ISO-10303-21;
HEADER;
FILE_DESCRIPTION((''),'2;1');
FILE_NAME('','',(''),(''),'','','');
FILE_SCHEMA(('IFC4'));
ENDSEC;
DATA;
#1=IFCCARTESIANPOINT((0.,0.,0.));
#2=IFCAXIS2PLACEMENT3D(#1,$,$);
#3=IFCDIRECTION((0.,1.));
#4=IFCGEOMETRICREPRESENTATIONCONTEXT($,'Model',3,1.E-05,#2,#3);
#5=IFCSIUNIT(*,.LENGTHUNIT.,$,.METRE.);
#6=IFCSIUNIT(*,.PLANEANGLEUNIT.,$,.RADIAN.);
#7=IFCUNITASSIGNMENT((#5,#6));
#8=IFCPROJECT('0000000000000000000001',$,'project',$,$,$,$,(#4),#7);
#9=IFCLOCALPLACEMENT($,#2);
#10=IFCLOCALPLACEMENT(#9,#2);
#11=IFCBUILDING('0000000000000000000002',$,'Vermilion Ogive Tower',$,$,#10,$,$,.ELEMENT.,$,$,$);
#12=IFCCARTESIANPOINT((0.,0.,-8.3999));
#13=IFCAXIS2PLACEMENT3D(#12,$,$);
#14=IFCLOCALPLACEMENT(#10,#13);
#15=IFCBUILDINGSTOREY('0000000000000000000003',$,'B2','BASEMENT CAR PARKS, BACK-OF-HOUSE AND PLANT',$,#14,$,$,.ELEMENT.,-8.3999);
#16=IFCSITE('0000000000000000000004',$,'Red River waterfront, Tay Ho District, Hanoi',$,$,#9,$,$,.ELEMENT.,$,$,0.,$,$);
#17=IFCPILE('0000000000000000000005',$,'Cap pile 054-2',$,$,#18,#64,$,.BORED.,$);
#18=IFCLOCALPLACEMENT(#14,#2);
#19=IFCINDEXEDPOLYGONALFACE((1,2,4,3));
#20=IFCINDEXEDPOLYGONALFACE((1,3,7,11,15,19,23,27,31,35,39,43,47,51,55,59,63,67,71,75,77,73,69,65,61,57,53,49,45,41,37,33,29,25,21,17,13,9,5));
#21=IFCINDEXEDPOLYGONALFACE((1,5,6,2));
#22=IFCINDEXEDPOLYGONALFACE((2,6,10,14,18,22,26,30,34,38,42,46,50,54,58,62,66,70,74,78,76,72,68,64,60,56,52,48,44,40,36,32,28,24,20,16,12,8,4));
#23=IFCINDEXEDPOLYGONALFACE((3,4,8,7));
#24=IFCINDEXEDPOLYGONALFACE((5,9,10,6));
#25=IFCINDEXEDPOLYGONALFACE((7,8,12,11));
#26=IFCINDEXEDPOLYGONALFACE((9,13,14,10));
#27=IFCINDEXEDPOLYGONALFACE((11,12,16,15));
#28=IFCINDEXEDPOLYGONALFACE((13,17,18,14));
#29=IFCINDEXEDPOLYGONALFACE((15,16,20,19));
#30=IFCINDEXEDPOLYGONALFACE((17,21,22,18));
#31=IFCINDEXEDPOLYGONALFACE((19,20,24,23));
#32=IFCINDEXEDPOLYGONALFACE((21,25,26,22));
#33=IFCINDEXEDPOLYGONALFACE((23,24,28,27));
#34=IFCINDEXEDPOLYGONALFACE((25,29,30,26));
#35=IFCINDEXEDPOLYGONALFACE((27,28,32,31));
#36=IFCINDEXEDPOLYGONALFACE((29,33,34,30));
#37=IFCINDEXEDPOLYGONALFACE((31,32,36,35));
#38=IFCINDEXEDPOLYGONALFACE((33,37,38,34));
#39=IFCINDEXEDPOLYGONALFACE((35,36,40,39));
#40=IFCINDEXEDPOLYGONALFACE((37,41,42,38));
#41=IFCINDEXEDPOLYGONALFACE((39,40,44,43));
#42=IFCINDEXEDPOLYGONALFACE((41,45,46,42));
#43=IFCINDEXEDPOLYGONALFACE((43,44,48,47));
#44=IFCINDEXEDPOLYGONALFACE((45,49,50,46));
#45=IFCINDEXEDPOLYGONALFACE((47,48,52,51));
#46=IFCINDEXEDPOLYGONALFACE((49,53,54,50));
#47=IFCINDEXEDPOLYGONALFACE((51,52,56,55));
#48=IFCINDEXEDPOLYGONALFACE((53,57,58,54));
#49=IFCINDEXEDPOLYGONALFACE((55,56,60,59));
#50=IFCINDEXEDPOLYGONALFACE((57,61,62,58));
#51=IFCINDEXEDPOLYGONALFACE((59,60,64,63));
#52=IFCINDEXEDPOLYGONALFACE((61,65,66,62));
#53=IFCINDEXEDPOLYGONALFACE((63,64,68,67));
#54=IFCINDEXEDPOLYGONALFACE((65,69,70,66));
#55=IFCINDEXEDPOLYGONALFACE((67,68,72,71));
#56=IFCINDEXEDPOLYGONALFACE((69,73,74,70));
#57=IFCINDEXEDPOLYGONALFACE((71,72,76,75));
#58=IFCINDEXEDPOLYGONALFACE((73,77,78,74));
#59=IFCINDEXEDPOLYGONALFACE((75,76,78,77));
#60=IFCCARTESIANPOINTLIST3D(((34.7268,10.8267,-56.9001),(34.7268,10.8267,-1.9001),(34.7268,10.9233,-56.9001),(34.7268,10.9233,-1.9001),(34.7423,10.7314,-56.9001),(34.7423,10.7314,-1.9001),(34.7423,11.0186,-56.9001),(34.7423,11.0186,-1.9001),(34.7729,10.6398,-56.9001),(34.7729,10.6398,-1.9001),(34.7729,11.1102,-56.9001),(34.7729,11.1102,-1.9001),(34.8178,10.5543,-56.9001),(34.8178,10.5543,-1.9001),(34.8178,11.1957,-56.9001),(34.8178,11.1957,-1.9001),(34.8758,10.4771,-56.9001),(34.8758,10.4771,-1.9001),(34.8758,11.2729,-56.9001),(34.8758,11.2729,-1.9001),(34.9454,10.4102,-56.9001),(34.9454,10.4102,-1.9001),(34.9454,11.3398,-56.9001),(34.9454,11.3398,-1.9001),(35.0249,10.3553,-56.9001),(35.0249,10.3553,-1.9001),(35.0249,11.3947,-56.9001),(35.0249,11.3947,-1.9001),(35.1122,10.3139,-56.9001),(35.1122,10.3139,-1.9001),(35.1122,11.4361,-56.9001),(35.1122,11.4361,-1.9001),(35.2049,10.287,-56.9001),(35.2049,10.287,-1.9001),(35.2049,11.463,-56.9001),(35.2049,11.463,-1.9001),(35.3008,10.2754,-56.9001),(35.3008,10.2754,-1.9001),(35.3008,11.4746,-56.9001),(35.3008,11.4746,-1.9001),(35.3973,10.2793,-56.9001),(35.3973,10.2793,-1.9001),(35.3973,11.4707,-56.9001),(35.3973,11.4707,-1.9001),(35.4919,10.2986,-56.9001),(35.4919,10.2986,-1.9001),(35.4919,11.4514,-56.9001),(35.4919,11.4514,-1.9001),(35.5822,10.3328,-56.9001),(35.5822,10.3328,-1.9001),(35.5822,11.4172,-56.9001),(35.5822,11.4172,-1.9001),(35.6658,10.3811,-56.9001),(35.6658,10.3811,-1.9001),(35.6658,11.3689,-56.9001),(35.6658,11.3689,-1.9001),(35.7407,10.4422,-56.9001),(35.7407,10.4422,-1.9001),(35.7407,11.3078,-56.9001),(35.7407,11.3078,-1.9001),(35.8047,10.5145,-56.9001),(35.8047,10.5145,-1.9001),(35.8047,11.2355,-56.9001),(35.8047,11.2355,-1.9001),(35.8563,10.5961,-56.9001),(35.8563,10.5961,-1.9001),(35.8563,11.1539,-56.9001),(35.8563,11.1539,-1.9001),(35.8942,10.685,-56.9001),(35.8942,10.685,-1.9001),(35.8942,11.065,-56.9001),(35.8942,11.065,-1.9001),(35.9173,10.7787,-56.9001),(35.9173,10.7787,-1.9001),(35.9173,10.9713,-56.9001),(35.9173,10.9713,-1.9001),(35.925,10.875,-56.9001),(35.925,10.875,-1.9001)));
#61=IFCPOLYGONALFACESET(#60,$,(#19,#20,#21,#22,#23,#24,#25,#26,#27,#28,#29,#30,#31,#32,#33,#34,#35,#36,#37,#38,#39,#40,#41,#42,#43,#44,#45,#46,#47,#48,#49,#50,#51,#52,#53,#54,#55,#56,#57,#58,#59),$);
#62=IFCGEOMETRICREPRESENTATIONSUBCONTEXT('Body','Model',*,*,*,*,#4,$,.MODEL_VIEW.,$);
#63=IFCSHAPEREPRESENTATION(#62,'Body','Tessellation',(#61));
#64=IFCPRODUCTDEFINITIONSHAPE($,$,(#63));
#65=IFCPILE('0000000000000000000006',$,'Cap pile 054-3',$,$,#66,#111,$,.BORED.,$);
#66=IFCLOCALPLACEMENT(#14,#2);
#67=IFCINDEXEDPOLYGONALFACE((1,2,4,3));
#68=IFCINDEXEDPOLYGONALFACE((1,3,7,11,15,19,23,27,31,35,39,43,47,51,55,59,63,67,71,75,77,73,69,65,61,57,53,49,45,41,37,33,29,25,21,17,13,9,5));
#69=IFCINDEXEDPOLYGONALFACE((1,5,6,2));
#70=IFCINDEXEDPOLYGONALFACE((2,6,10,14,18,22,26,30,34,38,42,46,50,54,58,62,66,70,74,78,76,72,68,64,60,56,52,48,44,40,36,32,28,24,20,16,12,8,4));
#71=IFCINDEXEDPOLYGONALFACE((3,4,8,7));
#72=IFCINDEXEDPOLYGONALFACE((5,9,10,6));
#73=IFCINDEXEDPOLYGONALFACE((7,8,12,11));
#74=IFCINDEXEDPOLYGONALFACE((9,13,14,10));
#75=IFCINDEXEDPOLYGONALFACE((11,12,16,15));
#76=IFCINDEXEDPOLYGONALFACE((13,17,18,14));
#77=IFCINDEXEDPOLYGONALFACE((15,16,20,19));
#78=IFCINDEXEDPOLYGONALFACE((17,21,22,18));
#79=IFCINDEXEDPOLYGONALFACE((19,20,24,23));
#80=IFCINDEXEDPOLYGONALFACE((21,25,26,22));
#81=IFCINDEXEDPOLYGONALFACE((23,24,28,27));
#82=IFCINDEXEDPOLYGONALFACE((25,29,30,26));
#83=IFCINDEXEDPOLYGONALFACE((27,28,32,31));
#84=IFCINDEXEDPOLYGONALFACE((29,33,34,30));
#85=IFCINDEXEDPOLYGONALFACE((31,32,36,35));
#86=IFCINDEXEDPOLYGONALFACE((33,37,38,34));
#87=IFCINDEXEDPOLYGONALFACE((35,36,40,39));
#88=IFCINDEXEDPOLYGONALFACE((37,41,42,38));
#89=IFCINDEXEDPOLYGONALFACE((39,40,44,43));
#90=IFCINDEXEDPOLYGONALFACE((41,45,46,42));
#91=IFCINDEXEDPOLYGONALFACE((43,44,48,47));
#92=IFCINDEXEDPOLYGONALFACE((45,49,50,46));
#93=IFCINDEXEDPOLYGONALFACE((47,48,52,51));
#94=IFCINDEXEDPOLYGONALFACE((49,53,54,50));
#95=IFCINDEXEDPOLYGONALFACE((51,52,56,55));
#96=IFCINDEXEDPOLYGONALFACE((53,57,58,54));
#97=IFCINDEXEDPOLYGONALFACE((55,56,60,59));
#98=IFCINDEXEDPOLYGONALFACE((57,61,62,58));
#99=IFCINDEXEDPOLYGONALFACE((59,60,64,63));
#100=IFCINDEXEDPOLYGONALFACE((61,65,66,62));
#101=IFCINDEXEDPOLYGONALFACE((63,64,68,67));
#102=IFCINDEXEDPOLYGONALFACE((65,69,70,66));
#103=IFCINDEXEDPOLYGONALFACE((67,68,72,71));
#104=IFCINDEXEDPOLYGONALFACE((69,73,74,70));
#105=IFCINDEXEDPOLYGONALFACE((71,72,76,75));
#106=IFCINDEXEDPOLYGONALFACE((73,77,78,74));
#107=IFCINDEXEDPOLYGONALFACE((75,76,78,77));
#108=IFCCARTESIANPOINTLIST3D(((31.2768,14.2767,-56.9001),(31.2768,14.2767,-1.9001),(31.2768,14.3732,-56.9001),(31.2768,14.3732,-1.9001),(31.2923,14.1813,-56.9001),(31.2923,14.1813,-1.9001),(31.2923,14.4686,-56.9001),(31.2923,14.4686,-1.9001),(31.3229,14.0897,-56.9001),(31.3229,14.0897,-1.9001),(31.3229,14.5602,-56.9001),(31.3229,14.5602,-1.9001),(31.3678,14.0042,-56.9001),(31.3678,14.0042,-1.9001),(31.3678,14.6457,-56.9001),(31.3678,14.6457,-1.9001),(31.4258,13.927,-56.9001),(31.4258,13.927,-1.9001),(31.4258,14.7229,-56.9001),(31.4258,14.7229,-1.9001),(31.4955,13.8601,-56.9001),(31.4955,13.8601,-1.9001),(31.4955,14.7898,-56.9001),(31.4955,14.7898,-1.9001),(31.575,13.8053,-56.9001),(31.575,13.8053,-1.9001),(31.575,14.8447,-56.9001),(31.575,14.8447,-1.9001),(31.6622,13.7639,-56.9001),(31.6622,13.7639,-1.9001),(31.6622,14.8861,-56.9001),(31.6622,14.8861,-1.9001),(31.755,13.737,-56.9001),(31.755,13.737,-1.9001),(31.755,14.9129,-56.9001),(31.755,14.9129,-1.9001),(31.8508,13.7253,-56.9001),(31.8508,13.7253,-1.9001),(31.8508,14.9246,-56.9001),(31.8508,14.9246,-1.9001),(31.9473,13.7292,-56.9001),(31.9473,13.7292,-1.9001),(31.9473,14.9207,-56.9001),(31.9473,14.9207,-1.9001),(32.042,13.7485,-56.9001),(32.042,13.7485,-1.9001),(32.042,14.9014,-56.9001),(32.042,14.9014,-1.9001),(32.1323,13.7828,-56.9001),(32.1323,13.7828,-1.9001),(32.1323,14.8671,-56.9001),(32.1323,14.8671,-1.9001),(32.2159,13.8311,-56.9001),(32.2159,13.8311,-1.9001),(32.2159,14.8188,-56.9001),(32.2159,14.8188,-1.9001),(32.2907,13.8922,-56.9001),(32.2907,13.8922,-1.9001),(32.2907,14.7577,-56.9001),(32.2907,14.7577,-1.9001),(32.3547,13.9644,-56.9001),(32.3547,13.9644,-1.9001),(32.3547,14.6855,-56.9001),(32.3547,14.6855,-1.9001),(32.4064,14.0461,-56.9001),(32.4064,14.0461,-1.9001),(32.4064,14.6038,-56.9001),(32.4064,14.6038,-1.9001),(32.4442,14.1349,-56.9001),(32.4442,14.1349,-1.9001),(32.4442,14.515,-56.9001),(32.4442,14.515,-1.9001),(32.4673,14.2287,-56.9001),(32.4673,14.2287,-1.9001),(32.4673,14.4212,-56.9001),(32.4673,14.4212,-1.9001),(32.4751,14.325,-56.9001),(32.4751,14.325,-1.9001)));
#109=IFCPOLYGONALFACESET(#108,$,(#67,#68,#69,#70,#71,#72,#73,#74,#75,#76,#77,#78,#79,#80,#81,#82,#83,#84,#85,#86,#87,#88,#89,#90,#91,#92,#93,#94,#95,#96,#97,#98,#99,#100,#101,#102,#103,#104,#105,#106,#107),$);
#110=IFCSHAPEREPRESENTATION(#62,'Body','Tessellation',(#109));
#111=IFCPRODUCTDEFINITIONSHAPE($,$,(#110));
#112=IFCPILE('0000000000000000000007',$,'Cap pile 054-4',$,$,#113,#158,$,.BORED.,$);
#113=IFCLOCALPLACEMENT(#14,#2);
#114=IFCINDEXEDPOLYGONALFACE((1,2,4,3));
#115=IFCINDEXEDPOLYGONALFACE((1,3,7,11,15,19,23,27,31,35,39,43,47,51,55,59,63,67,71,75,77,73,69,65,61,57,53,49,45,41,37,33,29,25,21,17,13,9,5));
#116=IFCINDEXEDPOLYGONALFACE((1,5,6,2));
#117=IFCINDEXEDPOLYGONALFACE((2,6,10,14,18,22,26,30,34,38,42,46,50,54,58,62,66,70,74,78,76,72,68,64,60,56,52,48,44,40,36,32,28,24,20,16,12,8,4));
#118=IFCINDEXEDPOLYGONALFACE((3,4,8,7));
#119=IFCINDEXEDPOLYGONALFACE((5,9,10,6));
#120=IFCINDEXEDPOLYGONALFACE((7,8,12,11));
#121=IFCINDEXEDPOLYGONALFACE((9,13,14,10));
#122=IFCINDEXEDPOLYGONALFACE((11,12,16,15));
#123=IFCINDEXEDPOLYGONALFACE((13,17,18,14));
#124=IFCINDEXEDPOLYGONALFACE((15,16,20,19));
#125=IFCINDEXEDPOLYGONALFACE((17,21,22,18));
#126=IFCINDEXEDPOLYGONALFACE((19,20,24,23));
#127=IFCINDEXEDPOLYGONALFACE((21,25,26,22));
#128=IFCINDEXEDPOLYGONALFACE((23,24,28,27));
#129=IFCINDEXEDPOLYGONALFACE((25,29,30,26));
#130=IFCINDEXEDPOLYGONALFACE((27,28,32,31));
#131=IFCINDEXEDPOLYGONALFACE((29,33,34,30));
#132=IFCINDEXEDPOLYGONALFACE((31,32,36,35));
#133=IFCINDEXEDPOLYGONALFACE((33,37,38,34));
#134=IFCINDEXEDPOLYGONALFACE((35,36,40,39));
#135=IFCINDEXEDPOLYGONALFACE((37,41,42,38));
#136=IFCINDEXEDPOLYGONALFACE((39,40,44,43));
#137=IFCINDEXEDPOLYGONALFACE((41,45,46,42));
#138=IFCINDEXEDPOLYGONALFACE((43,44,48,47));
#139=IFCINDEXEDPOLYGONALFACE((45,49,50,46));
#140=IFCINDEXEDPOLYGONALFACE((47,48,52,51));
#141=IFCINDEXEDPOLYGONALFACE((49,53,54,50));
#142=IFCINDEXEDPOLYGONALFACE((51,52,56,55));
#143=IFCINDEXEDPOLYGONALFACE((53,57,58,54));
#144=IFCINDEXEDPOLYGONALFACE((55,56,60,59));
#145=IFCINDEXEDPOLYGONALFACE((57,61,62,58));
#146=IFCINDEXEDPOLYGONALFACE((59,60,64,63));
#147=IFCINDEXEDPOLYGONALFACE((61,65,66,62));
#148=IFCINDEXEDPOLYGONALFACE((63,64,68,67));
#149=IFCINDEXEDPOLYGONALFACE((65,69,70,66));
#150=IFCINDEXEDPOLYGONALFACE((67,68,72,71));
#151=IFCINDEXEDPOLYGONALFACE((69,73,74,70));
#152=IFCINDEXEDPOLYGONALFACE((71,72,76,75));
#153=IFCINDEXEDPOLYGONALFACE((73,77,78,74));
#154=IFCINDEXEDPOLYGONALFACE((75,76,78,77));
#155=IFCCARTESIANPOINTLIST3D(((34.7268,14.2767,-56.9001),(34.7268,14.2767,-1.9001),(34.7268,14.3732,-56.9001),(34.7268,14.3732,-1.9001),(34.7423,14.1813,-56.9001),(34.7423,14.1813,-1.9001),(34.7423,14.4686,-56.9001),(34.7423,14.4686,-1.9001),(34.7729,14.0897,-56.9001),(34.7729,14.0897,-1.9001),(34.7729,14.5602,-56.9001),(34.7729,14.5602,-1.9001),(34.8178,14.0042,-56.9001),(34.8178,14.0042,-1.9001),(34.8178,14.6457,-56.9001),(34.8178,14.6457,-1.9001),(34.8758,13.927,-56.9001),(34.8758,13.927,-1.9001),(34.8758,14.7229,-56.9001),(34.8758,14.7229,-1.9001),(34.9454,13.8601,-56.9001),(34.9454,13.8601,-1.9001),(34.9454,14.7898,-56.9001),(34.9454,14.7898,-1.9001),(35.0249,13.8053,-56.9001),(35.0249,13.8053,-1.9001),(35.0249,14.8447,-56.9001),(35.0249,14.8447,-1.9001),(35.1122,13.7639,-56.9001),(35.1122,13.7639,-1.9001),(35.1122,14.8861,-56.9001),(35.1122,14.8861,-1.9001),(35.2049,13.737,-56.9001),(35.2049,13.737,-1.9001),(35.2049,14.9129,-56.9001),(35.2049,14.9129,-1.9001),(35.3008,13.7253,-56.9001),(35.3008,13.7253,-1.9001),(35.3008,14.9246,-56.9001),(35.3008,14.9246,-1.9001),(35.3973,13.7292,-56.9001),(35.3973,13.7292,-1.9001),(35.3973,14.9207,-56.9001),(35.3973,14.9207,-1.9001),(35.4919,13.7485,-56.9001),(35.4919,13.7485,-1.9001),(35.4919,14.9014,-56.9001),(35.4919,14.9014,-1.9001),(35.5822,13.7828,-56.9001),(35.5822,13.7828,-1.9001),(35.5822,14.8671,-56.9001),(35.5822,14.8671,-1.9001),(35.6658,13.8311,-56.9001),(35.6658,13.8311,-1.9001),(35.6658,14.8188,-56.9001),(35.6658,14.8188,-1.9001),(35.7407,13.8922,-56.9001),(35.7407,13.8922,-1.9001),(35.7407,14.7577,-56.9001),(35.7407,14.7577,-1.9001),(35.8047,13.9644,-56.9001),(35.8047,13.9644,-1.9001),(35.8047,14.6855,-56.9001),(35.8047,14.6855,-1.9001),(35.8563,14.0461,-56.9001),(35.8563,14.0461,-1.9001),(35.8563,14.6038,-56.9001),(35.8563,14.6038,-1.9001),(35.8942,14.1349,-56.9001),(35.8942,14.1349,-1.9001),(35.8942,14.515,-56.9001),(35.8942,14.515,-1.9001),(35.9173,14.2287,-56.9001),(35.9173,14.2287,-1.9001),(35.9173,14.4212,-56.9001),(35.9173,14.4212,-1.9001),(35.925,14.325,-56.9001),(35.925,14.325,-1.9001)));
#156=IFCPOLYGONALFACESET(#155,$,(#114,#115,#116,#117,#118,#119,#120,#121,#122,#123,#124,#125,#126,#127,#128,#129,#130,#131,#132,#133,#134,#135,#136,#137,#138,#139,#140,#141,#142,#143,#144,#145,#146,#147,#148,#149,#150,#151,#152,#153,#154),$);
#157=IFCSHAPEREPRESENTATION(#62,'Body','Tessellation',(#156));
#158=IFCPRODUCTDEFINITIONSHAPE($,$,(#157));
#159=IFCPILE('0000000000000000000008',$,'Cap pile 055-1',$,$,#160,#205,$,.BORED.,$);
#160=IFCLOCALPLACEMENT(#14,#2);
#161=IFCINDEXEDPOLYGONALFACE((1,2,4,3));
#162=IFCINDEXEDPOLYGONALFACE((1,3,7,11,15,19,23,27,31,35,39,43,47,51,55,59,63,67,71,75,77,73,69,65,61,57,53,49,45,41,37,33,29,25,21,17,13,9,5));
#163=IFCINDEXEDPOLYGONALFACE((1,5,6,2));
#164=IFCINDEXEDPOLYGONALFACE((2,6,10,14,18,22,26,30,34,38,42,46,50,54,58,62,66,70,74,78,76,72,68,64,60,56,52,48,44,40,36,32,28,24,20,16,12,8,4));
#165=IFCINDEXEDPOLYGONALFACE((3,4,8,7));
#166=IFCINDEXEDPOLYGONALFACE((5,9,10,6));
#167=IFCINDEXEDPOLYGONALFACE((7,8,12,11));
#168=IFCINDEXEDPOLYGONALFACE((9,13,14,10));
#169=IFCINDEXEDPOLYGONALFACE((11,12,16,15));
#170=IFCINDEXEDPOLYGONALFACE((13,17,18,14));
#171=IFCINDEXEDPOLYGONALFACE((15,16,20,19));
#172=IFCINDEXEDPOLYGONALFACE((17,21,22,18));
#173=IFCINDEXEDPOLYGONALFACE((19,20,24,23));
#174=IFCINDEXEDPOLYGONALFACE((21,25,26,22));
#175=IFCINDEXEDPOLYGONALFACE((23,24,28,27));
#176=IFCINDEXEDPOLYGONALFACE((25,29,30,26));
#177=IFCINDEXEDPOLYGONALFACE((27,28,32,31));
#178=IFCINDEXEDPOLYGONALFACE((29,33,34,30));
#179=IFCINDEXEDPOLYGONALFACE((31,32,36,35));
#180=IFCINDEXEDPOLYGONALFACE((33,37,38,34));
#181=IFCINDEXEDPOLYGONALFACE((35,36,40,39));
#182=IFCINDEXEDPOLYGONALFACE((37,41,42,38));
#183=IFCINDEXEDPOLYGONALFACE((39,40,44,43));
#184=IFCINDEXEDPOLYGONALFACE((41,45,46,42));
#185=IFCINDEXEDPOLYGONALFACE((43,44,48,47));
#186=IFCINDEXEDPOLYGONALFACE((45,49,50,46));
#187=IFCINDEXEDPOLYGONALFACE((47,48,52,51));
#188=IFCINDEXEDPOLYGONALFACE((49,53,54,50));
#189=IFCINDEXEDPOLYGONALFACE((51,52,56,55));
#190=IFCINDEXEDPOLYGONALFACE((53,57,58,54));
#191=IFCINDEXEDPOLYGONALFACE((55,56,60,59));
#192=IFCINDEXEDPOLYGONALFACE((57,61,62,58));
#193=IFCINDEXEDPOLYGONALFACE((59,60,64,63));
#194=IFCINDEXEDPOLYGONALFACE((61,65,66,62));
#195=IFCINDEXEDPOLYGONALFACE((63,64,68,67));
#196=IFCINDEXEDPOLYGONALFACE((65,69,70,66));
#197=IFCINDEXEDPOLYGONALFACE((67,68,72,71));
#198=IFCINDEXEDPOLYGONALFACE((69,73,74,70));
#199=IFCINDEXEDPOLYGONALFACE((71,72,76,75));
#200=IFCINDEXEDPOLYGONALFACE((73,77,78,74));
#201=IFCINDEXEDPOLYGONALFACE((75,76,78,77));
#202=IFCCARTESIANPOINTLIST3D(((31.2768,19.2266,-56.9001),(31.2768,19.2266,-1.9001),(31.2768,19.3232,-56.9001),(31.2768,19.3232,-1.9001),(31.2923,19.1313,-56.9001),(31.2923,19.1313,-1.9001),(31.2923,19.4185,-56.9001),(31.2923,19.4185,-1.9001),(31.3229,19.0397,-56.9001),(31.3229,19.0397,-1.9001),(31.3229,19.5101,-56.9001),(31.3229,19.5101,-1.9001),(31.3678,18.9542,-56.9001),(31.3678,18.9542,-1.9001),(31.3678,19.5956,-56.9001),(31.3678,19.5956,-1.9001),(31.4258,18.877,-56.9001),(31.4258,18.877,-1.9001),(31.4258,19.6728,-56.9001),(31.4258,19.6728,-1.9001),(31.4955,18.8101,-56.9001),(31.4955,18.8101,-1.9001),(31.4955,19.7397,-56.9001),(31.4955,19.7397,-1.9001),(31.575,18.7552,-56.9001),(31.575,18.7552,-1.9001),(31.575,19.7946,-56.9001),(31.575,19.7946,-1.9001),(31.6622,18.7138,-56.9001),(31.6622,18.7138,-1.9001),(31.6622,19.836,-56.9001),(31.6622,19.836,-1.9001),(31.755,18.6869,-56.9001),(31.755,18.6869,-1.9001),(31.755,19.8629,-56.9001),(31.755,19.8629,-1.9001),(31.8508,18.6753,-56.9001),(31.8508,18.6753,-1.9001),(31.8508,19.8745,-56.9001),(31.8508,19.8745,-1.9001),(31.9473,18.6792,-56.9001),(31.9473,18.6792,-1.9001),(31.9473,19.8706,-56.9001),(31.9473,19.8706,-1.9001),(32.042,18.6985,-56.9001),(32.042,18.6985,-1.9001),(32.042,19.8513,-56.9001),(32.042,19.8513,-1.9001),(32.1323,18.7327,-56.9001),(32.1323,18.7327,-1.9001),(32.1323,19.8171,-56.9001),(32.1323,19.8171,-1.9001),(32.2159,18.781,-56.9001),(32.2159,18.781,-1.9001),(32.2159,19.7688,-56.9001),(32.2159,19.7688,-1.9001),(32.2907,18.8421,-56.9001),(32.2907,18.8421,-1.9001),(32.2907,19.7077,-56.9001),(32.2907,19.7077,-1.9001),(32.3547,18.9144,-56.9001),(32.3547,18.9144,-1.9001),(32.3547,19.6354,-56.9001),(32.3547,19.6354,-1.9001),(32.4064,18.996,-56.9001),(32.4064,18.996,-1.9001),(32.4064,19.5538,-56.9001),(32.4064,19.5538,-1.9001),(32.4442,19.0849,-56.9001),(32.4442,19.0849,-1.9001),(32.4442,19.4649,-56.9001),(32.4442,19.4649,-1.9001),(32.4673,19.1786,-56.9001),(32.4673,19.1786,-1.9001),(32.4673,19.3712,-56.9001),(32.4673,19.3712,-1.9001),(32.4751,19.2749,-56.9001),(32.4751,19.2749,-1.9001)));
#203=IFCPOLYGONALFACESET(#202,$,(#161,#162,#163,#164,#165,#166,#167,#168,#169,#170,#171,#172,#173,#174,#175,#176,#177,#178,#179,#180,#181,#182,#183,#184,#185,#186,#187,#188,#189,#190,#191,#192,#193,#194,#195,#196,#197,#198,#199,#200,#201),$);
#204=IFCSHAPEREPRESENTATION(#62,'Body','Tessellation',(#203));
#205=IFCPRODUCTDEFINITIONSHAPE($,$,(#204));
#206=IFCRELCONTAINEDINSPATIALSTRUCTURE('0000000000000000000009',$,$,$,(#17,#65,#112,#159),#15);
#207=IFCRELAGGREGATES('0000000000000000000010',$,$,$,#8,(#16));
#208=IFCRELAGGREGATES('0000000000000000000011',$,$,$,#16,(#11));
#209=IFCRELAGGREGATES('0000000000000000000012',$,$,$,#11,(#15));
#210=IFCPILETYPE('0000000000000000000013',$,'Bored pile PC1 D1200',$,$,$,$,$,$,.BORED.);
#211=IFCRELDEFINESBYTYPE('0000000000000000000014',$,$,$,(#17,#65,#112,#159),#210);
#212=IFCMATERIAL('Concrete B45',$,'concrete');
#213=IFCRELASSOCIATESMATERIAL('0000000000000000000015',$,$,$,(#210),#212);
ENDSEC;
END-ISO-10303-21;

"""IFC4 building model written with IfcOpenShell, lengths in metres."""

from ifc_helpers import new_model, si_unit, direction, frame, origin, origin_2d, place, context, subcontext, project, spatial, circle, extrude, material, type_object, element, save


model = new_model("IFC4")

# Units and contexts
model_context = context("Model", 3, precision=1e-05, world=origin(), true_north=direction((0.0, 1.0)))
body_context = subcontext(model_context, "Body", "Model", "MODEL_VIEW")
ifc_project = project(units=[si_unit("LENGTHUNIT", "METRE"), si_unit("PLANEANGLEUNIT", "RADIAN")], contexts=[model_context])

# Site, building, storey
site_placement = place(None, origin())
site = spatial("IfcSite", under=ifc_project, at=site_placement, Name="Red River waterfront, Tay Ho District, Hanoi", CompositionType="ELEMENT", RefElevation=0.0)
building_placement = place(site_placement, origin())
building = spatial("IfcBuilding", under=site, at=building_placement, Name="Vermilion Ogive Tower", CompositionType="ELEMENT")
storey_placement = place(building_placement, frame((0.0, 0.0, -8.3999)))
storey = spatial("IfcBuildingStorey", under=building, at=storey_placement, Name="B2", Description="BASEMENT CAR PARKS, BACK-OF-HOUSE AND PLANT", CompositionType="ELEMENT", Elevation=-8.3999)

# Piles
ifc_material_1 = material(Name="Concrete B45", Category="concrete")
pile_type_1 = type_object("IfcPileType", Name="Bored pile PC1 D1200", PredefinedType="BORED", material=ifc_material_1)
for number, where, z_axis, x_axis, name in (
    (1, (35.325, 10.875, -1.9001), (0.0, 0.0, -1.0), (1.0, 0.0, 0.0), "Cap pile 054-2"),
    (2, (31.875, 14.325, -1.9001), (0.0, 0.0, -1.0), (1.0, 0.0, 0.0), "Cap pile 054-3"),
    (3, (35.325, 14.325, -1.9001), (0.0, 0.0, -1.0), (1.0, 0.0, 0.0), "Cap pile 054-4"),
    (4, (31.875, 19.2749, -1.9001), (0.0, 0.0, -1.0), (1.0, 0.0, 0.0), "Cap pile 055-1"),
):
    element("IfcPile", number, at=place(storey_placement, frame(where, z_axis=z_axis, x_axis=x_axis)), inside=storey, type_object=pile_type_1, Name=name, PredefinedType="BORED", context=body_context, shape_type="SweptSolid", body=[
        extrude(circle(Radius=0.6001, at=origin_2d()), origin(), (0.0, 0.0, 1.0), 55.0),
    ])

save(model, "model.ifc")
